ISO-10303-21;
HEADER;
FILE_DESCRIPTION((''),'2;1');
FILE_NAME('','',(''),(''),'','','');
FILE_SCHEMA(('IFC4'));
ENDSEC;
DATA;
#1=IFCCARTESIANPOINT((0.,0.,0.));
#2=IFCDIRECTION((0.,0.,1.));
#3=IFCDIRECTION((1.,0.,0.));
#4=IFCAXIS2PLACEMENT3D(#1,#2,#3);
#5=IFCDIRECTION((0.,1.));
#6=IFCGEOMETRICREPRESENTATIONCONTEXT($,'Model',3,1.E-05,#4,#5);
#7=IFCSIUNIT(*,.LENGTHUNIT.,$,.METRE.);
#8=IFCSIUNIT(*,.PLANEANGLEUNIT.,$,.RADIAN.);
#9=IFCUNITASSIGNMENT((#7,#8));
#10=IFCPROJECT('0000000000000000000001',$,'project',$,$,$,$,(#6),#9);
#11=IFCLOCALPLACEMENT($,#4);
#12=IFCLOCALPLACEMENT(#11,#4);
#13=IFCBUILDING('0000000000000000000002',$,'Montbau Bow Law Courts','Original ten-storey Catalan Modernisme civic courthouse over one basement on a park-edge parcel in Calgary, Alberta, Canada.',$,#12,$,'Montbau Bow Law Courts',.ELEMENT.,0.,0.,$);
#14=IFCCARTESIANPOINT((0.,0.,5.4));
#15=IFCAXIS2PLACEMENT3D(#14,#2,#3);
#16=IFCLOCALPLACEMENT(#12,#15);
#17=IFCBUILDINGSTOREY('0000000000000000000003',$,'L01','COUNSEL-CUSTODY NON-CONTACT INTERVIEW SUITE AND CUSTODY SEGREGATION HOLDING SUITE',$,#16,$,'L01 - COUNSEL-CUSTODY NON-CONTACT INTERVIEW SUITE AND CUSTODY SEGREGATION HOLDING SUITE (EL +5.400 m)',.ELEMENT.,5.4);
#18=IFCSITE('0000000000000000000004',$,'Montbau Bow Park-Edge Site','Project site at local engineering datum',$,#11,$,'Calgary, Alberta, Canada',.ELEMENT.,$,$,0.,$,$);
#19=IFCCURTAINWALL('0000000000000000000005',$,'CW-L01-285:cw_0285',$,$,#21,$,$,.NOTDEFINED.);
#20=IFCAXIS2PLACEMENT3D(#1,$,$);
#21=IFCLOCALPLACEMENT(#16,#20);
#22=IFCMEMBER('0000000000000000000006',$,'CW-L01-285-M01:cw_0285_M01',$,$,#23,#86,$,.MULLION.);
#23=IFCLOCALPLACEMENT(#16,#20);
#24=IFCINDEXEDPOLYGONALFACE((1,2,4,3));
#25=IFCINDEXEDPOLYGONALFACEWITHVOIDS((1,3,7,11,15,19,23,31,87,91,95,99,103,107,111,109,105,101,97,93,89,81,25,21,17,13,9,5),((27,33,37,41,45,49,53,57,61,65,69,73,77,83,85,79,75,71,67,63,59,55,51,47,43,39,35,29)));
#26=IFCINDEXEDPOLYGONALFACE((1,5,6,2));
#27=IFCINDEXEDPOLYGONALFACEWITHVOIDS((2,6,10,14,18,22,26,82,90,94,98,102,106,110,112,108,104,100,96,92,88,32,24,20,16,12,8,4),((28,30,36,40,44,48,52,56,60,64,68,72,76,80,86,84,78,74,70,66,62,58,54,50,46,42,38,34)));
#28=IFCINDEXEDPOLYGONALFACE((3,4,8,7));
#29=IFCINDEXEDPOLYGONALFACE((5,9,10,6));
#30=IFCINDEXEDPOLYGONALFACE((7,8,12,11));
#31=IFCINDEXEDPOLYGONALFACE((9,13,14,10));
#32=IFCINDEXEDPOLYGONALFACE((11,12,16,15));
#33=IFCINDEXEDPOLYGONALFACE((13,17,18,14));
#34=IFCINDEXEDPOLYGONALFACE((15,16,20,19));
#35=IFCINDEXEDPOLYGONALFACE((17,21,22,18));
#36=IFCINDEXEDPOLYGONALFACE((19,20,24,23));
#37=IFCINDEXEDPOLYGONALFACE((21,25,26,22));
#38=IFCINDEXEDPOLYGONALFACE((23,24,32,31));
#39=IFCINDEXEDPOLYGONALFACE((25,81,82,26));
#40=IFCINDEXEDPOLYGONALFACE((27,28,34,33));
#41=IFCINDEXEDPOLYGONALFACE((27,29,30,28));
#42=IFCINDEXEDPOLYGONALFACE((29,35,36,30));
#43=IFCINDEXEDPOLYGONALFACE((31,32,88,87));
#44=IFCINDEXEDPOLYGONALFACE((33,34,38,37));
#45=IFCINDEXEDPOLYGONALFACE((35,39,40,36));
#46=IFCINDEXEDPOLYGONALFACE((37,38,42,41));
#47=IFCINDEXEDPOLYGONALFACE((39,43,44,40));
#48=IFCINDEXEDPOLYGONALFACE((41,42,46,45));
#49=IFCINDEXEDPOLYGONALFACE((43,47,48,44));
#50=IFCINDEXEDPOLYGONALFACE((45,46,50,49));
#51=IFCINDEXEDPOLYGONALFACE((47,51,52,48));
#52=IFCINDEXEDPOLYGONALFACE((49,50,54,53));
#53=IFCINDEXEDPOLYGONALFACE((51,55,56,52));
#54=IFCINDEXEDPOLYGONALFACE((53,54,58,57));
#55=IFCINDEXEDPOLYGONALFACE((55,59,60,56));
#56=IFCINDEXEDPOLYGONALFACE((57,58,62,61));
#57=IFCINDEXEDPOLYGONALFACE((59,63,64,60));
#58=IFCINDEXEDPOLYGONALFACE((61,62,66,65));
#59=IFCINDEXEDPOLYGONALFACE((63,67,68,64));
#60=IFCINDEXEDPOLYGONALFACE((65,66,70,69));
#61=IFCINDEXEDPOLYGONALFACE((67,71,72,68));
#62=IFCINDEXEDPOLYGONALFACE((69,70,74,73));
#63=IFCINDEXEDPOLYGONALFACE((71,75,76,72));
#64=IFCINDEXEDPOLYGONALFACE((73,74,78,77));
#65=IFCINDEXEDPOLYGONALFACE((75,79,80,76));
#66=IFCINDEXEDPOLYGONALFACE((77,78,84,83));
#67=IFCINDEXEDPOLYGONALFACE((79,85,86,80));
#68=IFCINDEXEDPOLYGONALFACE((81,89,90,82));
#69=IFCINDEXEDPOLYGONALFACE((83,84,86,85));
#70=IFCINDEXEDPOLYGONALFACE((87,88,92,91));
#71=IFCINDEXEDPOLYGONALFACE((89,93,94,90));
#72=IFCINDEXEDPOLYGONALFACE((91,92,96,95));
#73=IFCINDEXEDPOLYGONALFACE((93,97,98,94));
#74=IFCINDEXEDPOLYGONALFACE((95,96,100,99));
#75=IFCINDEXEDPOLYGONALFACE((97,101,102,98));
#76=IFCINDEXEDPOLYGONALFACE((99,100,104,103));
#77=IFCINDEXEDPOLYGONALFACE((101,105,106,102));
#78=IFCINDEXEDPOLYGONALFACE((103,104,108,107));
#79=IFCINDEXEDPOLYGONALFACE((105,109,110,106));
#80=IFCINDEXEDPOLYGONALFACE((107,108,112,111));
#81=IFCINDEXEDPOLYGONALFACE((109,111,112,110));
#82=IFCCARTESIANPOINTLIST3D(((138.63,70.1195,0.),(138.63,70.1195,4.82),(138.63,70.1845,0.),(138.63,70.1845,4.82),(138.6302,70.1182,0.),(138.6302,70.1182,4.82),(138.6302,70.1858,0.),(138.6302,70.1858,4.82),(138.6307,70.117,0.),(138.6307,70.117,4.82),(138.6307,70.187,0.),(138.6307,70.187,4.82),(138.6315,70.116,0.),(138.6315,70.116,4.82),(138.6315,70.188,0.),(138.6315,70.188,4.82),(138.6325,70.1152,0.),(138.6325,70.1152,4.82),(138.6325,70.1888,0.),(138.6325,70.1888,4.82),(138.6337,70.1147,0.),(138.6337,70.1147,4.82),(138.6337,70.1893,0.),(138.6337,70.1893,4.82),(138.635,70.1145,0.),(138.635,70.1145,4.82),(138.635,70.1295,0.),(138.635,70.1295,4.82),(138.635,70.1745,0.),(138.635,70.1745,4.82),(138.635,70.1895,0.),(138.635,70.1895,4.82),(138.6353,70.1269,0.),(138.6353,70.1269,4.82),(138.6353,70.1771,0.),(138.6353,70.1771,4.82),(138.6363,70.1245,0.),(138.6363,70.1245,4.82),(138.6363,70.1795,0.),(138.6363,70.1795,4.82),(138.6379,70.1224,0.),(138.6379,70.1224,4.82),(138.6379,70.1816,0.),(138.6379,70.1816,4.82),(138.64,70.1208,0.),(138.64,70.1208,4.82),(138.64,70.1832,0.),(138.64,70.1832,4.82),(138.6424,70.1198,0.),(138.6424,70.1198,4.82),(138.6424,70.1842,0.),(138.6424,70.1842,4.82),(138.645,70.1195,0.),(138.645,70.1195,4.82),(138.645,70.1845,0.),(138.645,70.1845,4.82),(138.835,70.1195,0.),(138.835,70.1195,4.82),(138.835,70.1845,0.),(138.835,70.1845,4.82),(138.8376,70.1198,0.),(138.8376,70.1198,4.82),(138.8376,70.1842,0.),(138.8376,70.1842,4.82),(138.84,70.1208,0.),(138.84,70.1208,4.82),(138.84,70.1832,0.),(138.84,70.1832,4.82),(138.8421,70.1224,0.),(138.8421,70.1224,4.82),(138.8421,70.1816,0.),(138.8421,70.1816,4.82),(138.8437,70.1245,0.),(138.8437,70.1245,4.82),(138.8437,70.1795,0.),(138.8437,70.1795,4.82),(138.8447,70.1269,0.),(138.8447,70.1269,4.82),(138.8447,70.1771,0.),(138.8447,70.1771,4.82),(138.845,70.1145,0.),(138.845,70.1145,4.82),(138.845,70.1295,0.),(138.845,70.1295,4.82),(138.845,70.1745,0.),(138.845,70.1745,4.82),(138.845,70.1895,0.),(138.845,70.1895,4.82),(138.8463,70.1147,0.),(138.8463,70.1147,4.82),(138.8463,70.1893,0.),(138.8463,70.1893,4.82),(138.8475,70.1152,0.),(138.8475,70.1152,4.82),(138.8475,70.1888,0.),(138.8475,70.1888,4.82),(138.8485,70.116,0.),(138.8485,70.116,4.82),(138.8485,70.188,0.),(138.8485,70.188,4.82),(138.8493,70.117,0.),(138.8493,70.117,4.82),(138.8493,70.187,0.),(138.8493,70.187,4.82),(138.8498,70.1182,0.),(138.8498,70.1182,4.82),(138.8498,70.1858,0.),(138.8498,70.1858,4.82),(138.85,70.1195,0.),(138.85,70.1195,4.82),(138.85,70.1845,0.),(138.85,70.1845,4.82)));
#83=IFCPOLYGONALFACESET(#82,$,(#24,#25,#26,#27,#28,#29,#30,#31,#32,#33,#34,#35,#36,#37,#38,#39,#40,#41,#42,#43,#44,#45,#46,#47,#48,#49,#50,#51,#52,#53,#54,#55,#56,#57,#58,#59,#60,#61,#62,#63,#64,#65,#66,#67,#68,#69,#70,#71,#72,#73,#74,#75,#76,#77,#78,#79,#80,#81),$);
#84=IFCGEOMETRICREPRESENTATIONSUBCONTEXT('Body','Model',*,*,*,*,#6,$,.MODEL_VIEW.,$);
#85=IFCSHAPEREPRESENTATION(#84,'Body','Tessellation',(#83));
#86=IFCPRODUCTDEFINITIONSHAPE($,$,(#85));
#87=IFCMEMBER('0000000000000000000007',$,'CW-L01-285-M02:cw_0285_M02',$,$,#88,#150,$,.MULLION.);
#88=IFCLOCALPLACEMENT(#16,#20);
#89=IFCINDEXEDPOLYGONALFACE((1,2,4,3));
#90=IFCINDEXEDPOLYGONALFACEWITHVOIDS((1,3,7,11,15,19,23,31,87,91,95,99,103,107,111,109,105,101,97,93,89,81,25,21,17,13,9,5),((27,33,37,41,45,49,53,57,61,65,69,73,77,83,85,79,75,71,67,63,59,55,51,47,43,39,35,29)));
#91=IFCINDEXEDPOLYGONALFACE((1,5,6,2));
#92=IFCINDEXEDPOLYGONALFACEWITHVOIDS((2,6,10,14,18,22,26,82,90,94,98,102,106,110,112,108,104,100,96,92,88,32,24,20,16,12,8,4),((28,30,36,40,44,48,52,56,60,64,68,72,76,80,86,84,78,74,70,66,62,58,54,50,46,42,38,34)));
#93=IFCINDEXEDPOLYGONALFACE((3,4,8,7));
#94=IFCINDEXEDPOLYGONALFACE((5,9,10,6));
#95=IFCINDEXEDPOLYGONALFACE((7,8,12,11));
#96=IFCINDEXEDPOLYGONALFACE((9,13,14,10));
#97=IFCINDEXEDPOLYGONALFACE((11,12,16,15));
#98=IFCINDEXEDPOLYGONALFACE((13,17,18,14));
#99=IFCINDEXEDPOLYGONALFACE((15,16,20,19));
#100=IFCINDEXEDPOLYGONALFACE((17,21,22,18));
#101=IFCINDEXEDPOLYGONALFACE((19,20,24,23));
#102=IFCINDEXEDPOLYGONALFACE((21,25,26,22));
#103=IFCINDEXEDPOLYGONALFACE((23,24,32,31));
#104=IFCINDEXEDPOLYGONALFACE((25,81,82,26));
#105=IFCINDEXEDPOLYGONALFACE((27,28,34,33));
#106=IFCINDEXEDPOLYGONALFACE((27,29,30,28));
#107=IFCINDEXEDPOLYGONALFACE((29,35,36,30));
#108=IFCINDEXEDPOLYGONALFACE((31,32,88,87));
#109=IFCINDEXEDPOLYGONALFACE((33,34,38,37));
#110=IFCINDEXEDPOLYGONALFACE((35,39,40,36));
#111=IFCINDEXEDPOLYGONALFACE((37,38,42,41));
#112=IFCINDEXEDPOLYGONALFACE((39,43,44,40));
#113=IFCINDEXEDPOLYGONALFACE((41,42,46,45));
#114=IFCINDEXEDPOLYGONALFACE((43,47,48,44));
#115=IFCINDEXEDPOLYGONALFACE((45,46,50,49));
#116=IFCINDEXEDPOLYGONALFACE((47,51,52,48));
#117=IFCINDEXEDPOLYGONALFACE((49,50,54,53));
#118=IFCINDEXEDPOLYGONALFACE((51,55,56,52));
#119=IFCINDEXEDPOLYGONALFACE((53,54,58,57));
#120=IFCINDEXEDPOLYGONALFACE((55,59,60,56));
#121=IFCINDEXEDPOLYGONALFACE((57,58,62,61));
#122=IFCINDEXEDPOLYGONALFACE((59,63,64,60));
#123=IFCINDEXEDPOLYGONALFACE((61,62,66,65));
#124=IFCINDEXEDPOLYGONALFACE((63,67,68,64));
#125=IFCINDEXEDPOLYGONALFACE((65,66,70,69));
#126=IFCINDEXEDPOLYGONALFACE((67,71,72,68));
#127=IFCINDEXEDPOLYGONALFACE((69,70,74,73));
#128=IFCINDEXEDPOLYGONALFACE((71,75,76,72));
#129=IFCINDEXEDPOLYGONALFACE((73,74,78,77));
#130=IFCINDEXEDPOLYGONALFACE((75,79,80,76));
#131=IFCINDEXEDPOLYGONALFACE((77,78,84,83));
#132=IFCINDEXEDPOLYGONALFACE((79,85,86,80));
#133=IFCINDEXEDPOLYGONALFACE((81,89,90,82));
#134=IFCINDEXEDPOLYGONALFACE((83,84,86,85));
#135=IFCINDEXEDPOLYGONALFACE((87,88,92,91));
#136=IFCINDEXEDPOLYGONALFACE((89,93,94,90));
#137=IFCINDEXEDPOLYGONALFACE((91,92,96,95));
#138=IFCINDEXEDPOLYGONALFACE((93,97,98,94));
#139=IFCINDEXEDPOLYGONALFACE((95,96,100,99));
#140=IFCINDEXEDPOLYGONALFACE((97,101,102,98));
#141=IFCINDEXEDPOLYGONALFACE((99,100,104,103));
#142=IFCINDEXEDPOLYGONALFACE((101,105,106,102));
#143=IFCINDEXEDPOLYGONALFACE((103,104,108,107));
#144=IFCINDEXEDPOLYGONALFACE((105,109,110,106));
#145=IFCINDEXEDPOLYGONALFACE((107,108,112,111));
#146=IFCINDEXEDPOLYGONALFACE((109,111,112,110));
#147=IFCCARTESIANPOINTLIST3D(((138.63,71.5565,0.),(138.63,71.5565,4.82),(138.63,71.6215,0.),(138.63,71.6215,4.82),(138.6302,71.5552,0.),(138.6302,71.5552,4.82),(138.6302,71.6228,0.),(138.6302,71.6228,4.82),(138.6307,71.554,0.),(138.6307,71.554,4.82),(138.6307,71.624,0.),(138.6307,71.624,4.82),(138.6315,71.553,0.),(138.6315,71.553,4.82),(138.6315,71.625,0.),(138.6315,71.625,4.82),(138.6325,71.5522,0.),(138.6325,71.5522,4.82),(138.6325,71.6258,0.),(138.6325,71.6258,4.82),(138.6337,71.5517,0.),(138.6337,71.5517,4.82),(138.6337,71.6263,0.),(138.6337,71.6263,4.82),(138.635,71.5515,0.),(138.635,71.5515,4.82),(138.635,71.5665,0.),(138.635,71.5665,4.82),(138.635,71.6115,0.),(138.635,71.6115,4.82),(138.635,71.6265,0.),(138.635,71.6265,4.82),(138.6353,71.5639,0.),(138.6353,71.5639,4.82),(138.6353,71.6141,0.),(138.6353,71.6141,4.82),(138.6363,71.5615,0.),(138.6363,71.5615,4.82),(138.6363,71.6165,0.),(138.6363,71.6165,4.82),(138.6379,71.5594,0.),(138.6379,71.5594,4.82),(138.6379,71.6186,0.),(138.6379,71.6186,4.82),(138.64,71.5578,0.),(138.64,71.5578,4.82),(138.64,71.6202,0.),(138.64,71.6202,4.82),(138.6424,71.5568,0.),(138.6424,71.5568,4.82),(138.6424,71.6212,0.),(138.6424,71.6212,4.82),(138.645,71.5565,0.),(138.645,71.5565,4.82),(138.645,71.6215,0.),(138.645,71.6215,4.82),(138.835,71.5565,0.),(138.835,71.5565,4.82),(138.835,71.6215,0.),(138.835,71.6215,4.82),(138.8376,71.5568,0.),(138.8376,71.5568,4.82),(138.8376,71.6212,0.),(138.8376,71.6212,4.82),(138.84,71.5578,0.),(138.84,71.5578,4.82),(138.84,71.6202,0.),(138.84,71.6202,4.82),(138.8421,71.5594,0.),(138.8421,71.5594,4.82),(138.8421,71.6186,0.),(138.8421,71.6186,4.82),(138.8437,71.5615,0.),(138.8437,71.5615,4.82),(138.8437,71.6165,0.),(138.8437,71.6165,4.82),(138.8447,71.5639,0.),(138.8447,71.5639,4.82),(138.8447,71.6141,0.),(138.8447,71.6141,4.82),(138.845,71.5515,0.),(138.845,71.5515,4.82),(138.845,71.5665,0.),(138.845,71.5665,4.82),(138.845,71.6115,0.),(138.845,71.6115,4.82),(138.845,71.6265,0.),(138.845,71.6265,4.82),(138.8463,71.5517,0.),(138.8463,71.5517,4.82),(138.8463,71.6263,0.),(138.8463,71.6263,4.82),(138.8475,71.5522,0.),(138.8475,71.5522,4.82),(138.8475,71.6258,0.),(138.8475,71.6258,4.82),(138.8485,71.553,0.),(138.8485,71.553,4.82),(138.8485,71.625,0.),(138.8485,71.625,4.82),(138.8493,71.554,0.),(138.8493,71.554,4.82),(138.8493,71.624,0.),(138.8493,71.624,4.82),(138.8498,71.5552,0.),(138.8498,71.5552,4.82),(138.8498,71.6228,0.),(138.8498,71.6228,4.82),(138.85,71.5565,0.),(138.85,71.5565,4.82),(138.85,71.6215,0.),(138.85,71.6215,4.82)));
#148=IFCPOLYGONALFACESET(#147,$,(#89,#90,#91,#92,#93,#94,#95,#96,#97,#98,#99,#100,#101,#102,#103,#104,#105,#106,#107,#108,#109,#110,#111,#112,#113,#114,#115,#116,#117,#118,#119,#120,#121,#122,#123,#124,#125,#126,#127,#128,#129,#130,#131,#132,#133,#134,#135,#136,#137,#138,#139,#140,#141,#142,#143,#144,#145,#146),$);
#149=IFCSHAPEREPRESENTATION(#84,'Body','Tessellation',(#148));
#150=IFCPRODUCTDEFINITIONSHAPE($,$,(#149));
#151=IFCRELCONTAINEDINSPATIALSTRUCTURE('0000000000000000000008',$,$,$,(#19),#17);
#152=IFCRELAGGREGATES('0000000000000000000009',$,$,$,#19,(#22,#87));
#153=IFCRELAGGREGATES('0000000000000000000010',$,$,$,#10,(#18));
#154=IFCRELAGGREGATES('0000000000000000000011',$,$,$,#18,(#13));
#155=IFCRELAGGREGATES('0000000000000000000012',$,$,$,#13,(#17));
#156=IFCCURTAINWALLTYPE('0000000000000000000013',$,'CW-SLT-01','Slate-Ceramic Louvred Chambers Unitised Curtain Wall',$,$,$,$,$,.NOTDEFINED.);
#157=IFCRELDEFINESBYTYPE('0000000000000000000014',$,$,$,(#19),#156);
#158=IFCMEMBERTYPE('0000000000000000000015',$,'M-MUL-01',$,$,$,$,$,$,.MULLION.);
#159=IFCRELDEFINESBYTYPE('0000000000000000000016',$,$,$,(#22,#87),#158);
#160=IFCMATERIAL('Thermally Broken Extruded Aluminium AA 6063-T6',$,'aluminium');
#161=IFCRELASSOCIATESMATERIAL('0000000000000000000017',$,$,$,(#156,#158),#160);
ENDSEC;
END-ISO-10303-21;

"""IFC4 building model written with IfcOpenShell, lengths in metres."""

from ifc_helpers import new_model, si_unit, direction, frame, origin_with_axes, origin_2d_with_axis, place, context, subcontext, project, spatial, hollow_rectangle, extrude, material, material_profile, profile_set, type_object, element, aggregate, save


model = new_model("IFC4")

# Units and contexts
model_context = context("Model", 3, precision=1e-05, world=origin_with_axes(), true_north=direction((0.0, 1.0)))
body_context = subcontext(model_context, "Body", "Model", "MODEL_VIEW")
ifc_project = project(units=[si_unit("LENGTHUNIT", "METRE"), si_unit("PLANEANGLEUNIT", "RADIAN")], contexts=[model_context])

# Site, building, storey
site_placement = place(None, origin_with_axes())
site = spatial("IfcSite", under=ifc_project, at=site_placement, Name="Montbau Bow Park-Edge Site", Description="Project site at local engineering datum", LongName="Calgary, Alberta, Canada", CompositionType="ELEMENT", RefElevation=0.0)
building_placement = place(site_placement, origin_with_axes())
building = spatial("IfcBuilding", under=site, at=building_placement, Name="Montbau Bow Law Courts", Description="Original ten-storey Catalan Modernisme civic courthouse over one basement on a park-edge parcel in Calgary, Alberta, Canada.", LongName="Montbau Bow Law Courts", CompositionType="ELEMENT", ElevationOfRefHeight=0.0, ElevationOfTerrain=0.0)
storey_placement = place(building_placement, frame((0.0, 0.0, 5.4), z_axis=(0.0, 0.0, 1.0), x_axis=(1.0, 0.0, 0.0)))
storey = spatial("IfcBuildingStorey", under=building, at=storey_placement, Name="L01", Description="COUNSEL-CUSTODY NON-CONTACT INTERVIEW SUITE AND CUSTODY SEGREGATION HOLDING SUITE", LongName="L01 - COUNSEL-CUSTODY NON-CONTACT INTERVIEW SUITE AND CUSTODY SEGREGATION HOLDING SUITE (EL +5.400 m)", CompositionType="ELEMENT", Elevation=5.4)

# Curtain wall, members
ifc_material_1 = material(Name="Thermally Broken Extruded Aluminium AA 6063-T6", Category="aluminium")
curtain_wall_type = type_object("IfcCurtainWallType", Name="CW-SLT-01", Description="Slate-Ceramic Louvred Chambers Unitised Curtain Wall", PredefinedType="NOTDEFINED", material=ifc_material_1)
curtain_wall_1_placement = place(None, frame((138.74, 70.115, 5.4), z_axis=(0.0, 0.0, 1.0), x_axis=(1.0, 0.0, 0.0)))
curtain_wall_1 = element("IfcCurtainWall", 1, at=curtain_wall_1_placement, inside=storey, type_object=curtain_wall_type, Name="CW-L01-285:cw_0285", PredefinedType="NOTDEFINED")
ifc_material_profile_1 = material_profile(ifc_material_1, hollow_rectangle(XDim=0.075, YDim=0.22, WallThickness=0.005, InnerFilletRadius=0.01, OuterFilletRadius=0.005, at=origin_2d_with_axis()), Name="CWM-220X75", Category="Main", Priority=0)
ifc_profile_set_1 = profile_set([ifc_material_profile_1], Name="Thermally Broken Extruded Aluminium AA 6063-T6")
member_type_1 = type_object("IfcMemberType", Name="M-MUL-01", PredefinedType="MULLION", material=ifc_profile_set_1)
member_1_placement = place(None, frame((138.74, 70.152, 5.4), z_axis=(0.0, 0.0, 1.0), x_axis=(0.0, 1.0, 0.0)))
member_1 = element("IfcMember", 2, at=member_1_placement, type_object=member_type_1, Name="CW-L01-285-M01:cw_0285_M01", PredefinedType="MULLION", context=body_context, shape_type="SweptSolid", body=[
    extrude(hollow_rectangle(XDim=0.075, YDim=0.22, WallThickness=0.005, InnerFilletRadius=0.01, OuterFilletRadius=0.005, at=origin_2d_with_axis()), origin_with_axes(), (0.0, 0.0, 1.0), 4.82),
])
member_2_placement = place(None, frame((138.74, 71.589, 5.4), z_axis=(0.0, 0.0, 1.0), x_axis=(0.0, 1.0, 0.0)))
member_2 = element("IfcMember", 3, at=member_2_placement, type_object=member_type_1, Name="CW-L01-285-M02:cw_0285_M02", PredefinedType="MULLION", context=body_context, shape_type="SweptSolid", body=[
    extrude(hollow_rectangle(XDim=0.075, YDim=0.22, WallThickness=0.005, InnerFilletRadius=0.01, OuterFilletRadius=0.005, at=origin_2d_with_axis()), origin_with_axes(), (0.0, 0.0, 1.0), 4.82),
])

aggregate(curtain_wall_1, [member_1, member_2])

save(model, "model.ifc")
